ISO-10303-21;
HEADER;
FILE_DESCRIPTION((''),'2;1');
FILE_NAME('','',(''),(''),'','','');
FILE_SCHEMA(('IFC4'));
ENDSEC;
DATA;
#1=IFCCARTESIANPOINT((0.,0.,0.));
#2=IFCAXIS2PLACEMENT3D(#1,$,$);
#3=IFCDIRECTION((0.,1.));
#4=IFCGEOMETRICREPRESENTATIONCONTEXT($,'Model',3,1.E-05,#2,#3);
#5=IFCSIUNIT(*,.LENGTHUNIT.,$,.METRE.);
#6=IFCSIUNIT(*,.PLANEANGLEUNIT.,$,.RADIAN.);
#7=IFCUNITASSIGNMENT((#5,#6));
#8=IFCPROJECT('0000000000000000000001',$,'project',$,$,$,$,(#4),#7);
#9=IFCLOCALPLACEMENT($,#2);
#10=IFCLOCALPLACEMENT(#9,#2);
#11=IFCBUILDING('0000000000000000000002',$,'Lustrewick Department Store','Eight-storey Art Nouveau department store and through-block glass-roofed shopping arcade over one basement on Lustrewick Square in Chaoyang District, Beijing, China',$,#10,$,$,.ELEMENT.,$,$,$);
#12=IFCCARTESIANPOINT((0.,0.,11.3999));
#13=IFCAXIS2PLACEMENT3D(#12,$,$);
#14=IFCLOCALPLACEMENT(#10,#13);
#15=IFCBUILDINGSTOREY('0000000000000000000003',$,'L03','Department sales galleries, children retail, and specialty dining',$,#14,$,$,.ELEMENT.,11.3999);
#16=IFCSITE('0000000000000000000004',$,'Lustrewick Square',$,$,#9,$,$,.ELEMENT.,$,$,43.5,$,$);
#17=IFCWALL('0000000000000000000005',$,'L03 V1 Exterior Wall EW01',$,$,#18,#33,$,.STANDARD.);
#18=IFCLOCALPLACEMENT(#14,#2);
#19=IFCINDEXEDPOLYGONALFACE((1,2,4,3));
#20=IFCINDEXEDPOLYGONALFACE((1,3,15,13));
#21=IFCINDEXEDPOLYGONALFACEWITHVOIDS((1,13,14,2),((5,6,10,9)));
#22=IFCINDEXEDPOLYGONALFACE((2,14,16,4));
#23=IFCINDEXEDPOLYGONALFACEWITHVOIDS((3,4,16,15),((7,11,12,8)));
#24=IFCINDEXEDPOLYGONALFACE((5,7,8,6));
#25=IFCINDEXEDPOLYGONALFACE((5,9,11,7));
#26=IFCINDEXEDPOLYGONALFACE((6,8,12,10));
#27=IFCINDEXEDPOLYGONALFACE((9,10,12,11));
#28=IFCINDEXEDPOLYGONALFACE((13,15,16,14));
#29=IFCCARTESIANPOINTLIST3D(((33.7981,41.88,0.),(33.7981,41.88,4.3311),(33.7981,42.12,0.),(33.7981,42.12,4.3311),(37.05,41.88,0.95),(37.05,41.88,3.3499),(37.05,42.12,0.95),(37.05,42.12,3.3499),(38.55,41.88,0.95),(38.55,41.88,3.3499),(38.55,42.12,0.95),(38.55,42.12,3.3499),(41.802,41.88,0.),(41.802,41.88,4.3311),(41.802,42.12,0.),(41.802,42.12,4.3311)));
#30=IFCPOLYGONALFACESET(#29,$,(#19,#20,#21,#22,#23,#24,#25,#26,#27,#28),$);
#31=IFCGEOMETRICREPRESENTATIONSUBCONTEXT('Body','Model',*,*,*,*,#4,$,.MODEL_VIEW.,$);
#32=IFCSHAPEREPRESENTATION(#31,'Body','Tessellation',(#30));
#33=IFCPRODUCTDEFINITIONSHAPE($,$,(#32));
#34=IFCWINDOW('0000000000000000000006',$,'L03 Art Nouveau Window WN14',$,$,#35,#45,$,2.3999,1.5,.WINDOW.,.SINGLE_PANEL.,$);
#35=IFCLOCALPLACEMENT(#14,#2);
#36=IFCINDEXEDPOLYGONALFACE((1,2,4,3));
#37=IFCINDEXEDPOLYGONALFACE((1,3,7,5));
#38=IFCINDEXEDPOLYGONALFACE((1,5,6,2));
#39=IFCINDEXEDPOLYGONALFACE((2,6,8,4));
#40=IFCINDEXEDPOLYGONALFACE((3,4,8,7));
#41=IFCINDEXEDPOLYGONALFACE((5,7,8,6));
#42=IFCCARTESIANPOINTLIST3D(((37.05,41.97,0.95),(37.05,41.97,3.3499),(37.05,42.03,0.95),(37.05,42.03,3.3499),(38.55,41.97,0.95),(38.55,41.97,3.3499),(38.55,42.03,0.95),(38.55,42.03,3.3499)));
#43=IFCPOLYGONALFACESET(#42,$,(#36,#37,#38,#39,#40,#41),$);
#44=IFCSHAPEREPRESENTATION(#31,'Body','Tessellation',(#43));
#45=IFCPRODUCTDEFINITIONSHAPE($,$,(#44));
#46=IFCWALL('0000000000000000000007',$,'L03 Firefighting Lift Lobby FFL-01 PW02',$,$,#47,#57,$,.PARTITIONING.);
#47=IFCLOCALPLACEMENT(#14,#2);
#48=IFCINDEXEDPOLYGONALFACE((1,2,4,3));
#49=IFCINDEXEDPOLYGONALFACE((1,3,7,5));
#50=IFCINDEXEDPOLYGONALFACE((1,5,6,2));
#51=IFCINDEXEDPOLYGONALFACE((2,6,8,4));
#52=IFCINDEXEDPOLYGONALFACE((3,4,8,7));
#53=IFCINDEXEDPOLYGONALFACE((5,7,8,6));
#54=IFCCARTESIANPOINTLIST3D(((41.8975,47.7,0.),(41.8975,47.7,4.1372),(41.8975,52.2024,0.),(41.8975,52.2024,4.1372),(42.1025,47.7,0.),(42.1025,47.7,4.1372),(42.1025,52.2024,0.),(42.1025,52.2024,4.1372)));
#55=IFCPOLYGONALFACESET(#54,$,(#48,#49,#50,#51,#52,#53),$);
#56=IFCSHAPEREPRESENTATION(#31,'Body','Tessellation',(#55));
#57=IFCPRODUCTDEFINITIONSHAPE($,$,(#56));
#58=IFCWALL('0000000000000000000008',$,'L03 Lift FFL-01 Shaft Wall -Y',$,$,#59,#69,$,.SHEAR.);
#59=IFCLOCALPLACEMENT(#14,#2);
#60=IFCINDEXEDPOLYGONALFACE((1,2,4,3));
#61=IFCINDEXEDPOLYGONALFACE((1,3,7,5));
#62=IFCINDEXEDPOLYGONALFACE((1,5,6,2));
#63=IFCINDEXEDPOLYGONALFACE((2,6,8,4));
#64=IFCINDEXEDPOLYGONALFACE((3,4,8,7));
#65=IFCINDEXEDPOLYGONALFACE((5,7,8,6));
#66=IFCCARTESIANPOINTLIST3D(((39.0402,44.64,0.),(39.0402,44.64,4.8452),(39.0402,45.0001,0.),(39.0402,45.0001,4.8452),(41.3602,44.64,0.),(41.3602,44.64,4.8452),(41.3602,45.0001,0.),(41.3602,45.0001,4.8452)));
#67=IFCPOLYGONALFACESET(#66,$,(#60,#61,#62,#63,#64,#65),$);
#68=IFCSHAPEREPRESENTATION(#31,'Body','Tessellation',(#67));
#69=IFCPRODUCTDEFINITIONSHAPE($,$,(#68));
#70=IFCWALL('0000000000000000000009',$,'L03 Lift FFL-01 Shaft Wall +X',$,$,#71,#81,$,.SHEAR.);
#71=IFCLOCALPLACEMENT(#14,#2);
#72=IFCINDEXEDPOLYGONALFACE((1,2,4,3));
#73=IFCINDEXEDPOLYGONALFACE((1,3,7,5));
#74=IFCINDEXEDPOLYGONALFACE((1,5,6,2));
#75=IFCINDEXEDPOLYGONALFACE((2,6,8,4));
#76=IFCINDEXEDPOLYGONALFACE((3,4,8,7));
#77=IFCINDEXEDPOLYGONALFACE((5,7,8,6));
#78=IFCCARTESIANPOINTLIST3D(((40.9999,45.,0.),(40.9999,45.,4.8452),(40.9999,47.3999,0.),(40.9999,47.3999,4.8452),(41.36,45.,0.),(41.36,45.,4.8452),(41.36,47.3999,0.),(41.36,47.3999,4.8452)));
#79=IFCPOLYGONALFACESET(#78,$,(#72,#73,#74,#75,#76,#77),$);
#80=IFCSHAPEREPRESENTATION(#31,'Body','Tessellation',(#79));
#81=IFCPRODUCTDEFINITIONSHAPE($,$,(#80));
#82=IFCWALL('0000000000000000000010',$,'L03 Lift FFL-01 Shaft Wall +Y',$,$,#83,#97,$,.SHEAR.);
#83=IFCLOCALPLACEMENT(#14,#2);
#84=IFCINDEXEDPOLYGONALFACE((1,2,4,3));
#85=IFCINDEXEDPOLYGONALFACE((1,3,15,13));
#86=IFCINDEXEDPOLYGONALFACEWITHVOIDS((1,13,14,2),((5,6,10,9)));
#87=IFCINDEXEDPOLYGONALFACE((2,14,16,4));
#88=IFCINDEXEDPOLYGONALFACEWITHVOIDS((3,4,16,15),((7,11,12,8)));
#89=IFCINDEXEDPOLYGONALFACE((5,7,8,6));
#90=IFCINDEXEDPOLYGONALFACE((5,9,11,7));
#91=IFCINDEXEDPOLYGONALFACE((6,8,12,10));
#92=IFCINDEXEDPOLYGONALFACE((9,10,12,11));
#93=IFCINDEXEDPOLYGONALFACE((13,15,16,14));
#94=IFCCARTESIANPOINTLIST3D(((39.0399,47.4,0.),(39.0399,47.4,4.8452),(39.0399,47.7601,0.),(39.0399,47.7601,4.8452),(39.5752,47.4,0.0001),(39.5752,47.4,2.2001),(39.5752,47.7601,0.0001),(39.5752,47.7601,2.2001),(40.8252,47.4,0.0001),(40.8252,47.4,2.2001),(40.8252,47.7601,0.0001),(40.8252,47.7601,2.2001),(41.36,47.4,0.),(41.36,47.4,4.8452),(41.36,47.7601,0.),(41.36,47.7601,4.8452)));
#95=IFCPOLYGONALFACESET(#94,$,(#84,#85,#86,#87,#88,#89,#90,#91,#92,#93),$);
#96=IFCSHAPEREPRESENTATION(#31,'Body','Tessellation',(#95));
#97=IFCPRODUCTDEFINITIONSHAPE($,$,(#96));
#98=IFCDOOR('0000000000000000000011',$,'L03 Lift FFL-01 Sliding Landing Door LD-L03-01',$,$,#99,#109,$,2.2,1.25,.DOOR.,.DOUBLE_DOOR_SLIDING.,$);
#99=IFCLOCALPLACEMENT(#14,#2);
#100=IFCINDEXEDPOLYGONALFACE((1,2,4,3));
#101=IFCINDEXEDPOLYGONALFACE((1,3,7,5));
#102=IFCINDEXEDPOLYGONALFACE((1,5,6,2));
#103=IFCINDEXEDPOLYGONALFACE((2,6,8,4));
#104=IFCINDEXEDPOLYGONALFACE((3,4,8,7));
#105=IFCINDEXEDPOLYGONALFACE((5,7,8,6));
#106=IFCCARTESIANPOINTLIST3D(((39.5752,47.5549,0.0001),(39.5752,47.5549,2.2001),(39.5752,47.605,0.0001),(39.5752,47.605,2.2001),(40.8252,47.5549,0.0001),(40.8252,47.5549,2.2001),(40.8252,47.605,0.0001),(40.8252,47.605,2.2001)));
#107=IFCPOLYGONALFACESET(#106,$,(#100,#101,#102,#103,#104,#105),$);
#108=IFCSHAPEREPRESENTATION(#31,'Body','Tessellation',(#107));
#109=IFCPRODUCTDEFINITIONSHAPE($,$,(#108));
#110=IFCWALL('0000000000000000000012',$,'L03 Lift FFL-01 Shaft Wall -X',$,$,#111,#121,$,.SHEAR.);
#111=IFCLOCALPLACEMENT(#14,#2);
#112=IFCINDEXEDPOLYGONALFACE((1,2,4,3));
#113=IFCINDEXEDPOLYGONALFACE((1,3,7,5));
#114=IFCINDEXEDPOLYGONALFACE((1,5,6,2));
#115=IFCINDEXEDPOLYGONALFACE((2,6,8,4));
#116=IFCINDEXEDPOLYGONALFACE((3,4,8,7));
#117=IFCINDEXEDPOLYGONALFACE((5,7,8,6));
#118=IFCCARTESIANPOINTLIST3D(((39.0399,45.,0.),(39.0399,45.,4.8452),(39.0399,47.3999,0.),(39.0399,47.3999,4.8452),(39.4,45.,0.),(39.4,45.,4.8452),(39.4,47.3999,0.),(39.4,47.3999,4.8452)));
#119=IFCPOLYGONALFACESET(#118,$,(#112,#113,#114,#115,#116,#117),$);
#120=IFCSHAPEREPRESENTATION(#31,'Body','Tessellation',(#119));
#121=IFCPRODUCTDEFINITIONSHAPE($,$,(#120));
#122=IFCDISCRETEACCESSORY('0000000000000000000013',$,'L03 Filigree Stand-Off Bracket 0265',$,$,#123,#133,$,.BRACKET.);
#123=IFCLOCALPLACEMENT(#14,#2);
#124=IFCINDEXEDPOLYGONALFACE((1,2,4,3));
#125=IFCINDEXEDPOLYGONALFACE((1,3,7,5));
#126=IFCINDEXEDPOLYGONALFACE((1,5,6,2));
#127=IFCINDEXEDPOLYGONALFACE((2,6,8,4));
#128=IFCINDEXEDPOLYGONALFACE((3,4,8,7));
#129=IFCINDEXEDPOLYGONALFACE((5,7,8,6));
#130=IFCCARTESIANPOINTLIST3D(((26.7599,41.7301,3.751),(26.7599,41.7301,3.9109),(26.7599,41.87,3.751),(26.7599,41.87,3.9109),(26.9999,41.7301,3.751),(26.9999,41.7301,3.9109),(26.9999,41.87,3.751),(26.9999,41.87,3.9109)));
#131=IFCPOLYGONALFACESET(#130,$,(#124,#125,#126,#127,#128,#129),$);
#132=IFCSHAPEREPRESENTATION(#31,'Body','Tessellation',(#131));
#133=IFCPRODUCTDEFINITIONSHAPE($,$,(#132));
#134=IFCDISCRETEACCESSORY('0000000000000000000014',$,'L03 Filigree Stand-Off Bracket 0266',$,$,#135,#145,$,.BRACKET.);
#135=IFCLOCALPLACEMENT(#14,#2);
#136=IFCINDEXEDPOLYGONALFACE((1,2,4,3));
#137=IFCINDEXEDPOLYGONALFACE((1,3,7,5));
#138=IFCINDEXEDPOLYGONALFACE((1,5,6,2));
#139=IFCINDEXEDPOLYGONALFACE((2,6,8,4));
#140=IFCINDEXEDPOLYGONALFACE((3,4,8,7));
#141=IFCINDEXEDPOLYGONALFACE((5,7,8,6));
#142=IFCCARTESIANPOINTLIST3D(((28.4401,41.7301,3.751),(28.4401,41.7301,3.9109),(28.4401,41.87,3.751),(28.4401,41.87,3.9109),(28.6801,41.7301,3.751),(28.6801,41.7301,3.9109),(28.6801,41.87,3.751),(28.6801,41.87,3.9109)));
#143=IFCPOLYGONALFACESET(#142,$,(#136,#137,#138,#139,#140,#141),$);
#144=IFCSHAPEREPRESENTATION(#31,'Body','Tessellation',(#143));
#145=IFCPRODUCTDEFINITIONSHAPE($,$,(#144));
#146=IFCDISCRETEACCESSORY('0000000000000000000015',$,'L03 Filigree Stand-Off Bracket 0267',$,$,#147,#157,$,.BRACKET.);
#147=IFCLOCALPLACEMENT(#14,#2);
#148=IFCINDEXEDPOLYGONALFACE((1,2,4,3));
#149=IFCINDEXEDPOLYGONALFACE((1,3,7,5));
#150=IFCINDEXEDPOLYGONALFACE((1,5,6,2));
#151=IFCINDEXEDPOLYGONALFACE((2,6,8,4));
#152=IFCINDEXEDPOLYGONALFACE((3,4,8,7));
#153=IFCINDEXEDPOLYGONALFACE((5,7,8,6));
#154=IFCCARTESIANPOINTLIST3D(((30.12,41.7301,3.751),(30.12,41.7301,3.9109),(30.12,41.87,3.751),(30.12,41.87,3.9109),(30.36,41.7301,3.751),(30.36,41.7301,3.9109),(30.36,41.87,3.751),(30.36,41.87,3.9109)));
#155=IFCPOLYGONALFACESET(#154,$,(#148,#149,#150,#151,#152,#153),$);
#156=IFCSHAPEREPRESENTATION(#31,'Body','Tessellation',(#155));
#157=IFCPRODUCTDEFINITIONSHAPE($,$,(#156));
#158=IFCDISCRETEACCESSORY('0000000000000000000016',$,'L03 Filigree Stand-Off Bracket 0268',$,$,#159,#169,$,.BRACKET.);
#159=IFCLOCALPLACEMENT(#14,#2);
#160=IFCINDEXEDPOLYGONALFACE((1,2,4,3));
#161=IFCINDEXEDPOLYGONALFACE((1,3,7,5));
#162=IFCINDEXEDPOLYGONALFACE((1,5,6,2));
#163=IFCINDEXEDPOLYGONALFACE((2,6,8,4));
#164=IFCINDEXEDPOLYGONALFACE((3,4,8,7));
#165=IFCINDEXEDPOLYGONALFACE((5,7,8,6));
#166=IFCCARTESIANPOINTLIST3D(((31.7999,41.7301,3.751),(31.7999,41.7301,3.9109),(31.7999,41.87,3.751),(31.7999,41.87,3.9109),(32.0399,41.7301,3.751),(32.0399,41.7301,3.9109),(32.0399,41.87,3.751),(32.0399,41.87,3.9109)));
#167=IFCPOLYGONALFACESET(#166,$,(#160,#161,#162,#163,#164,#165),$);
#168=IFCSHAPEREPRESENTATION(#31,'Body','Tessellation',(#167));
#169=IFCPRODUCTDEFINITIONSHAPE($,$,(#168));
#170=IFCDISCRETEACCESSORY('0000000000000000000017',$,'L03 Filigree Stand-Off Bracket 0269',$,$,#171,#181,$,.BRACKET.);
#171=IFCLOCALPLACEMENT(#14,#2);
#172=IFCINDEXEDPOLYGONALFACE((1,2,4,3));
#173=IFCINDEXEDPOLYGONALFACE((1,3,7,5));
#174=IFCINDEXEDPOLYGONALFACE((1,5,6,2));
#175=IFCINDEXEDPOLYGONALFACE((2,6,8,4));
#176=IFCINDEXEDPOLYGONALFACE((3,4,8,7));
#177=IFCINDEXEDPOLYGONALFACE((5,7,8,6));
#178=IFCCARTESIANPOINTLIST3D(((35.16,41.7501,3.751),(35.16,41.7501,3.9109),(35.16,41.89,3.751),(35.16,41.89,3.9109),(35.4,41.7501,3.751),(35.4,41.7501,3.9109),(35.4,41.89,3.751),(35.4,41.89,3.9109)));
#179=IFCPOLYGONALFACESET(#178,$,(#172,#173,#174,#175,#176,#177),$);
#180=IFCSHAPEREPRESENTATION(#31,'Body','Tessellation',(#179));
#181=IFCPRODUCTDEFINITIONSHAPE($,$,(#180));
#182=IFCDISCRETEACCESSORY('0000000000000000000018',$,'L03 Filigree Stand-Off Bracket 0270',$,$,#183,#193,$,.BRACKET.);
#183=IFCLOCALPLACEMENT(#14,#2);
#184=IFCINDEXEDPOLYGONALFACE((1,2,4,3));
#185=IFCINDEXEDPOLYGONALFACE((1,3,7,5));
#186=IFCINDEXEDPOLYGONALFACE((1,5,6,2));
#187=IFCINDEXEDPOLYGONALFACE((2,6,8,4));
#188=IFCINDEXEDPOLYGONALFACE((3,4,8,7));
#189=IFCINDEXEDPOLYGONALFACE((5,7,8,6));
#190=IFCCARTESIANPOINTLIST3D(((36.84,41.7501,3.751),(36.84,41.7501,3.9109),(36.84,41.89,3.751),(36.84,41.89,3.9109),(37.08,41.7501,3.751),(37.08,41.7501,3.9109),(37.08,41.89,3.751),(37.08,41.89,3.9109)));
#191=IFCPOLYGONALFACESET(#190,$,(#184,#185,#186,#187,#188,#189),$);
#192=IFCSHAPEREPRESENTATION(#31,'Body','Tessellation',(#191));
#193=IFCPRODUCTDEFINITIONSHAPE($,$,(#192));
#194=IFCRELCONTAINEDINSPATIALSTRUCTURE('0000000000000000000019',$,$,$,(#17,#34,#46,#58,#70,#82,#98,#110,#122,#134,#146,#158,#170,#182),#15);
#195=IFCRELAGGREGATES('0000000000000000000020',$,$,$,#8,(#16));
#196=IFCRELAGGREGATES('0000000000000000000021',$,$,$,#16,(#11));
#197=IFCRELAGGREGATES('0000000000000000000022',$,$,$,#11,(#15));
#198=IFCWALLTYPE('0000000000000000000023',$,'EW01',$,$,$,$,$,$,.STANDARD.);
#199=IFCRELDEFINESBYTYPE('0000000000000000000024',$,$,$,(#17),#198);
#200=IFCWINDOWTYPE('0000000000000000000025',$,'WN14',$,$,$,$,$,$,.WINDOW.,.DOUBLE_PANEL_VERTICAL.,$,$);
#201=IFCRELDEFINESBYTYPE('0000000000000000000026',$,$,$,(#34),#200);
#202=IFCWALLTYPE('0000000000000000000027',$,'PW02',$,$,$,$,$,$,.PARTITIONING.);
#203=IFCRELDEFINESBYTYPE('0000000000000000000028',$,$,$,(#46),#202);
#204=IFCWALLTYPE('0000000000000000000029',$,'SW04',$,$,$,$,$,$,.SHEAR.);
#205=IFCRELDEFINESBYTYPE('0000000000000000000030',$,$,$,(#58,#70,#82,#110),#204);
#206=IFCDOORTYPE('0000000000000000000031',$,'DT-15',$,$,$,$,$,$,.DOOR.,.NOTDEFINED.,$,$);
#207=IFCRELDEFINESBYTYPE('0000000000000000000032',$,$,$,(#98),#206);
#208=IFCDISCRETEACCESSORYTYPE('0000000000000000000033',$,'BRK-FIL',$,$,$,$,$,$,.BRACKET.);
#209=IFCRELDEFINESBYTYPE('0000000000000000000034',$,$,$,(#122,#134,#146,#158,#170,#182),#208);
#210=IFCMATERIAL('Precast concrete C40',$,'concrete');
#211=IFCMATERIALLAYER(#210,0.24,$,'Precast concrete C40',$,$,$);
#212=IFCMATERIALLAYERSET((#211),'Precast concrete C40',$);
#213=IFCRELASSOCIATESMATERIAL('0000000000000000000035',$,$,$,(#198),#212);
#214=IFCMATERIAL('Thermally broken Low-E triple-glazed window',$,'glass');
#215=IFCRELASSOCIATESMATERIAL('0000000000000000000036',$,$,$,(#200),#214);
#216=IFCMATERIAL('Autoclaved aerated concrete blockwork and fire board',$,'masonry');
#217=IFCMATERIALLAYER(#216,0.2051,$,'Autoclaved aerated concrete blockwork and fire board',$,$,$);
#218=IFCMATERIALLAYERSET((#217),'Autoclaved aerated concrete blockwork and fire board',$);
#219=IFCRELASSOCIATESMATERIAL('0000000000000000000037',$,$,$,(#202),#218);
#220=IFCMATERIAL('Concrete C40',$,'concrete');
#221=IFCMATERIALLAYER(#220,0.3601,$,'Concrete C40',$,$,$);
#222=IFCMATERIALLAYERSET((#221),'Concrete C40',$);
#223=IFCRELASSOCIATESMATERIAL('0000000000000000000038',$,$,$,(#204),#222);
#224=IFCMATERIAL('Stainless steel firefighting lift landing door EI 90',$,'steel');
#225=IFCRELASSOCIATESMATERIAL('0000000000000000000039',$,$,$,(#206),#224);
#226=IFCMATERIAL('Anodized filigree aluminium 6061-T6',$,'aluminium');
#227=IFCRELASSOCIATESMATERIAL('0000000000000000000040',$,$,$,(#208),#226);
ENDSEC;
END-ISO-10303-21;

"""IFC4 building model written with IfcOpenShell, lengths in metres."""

from ifc_helpers import new_model, si_unit, direction, frame, frame_2d, origin, origin_2d, place, context, subcontext, project, spatial, rectangle, extrude, material, layer, layer_set, type_object, element, fill, save


model = new_model("IFC4")

# Units and contexts
model_context = context("Model", 3, precision=1e-05, world=origin(), true_north=direction((0.0, 1.0)))
body_context = subcontext(model_context, "Body", "Model", "MODEL_VIEW")
ifc_project = project(units=[si_unit("LENGTHUNIT", "METRE"), si_unit("PLANEANGLEUNIT", "RADIAN")], contexts=[model_context])

# Site, building, storey
site_placement = place(None, origin())
site = spatial("IfcSite", under=ifc_project, at=site_placement, Name="Lustrewick Square", CompositionType="ELEMENT", RefElevation=43.5)
building_placement = place(site_placement, origin())
building = spatial("IfcBuilding", under=site, at=building_placement, Name="Lustrewick Department Store", Description="Eight-storey Art Nouveau department store and through-block glass-roofed shopping arcade over one basement on Lustrewick Square in Chaoyang District, Beijing, China", CompositionType="ELEMENT")
storey_placement = place(building_placement, frame((0.0, 0.0, 11.3999)))
storey = spatial("IfcBuildingStorey", under=building, at=storey_placement, Name="L03", Description="Department sales galleries, children retail, and specialty dining", CompositionType="ELEMENT", Elevation=11.3999)

# Wall, opening, window
ifc_material_1 = material(Name="Precast concrete C40", Category="concrete")
ifc_layer_1 = layer(ifc_material_1, 0.24, Name="Precast concrete C40")
ifc_layer_set_1 = layer_set([ifc_layer_1], Name="Precast concrete C40")
wall_type_1 = type_object("IfcWallType", Name="EW01", PredefinedType="STANDARD", material=ifc_layer_set_1)
wall_1_placement = place(storey_placement, frame((33.7981, 42.0, 0.0), z_axis=(0.0, 0.0, 1.0), x_axis=(1.0, 0.0, 0.0)))
wall_1 = element("IfcWall", 1, at=wall_1_placement, inside=storey, type_object=wall_type_1, Name="L03 V1 Exterior Wall EW01", PredefinedType="STANDARD", context=body_context, shape_type="SweptSolid", body=[
    extrude(rectangle(XDim=8.0039, YDim=0.24, at=frame_2d((4.002, 0.0))), origin(), (0.0, 0.0, 1.0), 4.3311),
])
opening_1_placement = place(wall_1_placement, frame((3.252, 0.0, 0.95)))
opening_1 = element("IfcOpeningElement", 2, at=opening_1_placement, cuts=wall_1, PredefinedType="OPENING", context=body_context, shape_type="SweptSolid", body=[
    extrude(rectangle(XDim=1.5, YDim=2.3999, at=frame_2d((0.75, 1.2))), frame((0.0, 0.1299, 0.0), z_axis=(0.0, -1.0, 0.0), x_axis=(1.0, 0.0, 0.0)), (0.0, 0.0, 1.0), 0.26),
])
ifc_material_2 = material(Name="Thermally broken Low-E triple-glazed window", Category="glass")
window_type = type_object("IfcWindowType", Name="WN14", PartitioningType="DOUBLE_PANEL_VERTICAL", PredefinedType="WINDOW", material=ifc_material_2)
window_placement = place(opening_1_placement, origin())
window = element("IfcWindow", 3, at=window_placement, inside=storey, type_object=window_type, Name="L03 Art Nouveau Window WN14", OverallHeight=2.3999, OverallWidth=1.5, PartitioningType="SINGLE_PANEL", PredefinedType="WINDOW", context=body_context, shape_type="SweptSolid", body=[
    extrude(rectangle(XDim=1.5, YDim=2.3999, at=frame_2d((0.75, 1.2))), frame((0.0, 0.03, 0.0), z_axis=(0.0, -1.0, 0.0), x_axis=(1.0, 0.0, 0.0)), (0.0, 0.0, 1.0), 0.0601),
])
fill(opening_1, window)

# Walls
ifc_material_3 = material(Name="Autoclaved aerated concrete blockwork and fire board", Category="masonry")
ifc_layer_2 = layer(ifc_material_3, 0.2051, Name="Autoclaved aerated concrete blockwork and fire board")
ifc_layer_set_2 = layer_set([ifc_layer_2], Name="Autoclaved aerated concrete blockwork and fire board")
wall_type_2 = type_object("IfcWallType", Name="PW02", PredefinedType="PARTITIONING", material=ifc_layer_set_2)
wall_2_placement = place(storey_placement, frame((42.0, 47.7, 0.0), z_axis=(0.0, 0.0, 1.0), x_axis=(0.0, 1.0, 0.0)))
element("IfcWall", 4, at=wall_2_placement, inside=storey, type_object=wall_type_2, Name="L03 Firefighting Lift Lobby FFL-01 PW02", PredefinedType="PARTITIONING", context=body_context, shape_type="SweptSolid", body=[
    extrude(rectangle(XDim=4.5024, YDim=0.2051, at=frame_2d((2.2512, 0.0))), origin(), (0.0, 0.0, 1.0), 4.1372),
])
ifc_material_4 = material(Name="Concrete C40", Category="concrete")
ifc_layer_3 = layer(ifc_material_4, 0.3601, Name="Concrete C40")
ifc_layer_set_3 = layer_set([ifc_layer_3], Name="Concrete C40")
wall_type_3 = type_object("IfcWallType", Name="SW04", PredefinedType="SHEAR", material=ifc_layer_set_3)
wall_3_placement = place(storey_placement, frame((39.04, 44.8201, 0.0), z_axis=(0.0, 0.0, 1.0), x_axis=(1.0, 0.0, 0.0)))
element("IfcWall", 5, at=wall_3_placement, inside=storey, type_object=wall_type_3, Name="L03 Lift FFL-01 Shaft Wall -Y", PredefinedType="SHEAR", context=body_context, shape_type="SweptSolid", body=[
    extrude(rectangle(XDim=2.3201, YDim=0.3601, at=frame_2d((1.1602, 0.0))), origin(), (0.0, 0.0, 1.0), 4.8452),
])
wall_4_placement = place(storey_placement, frame((41.1799, 45.0, 0.0), z_axis=(0.0, 0.0, 1.0), x_axis=(0.0, 1.0, 0.0)))
element("IfcWall", 6, at=wall_4_placement, inside=storey, type_object=wall_type_3, Name="L03 Lift FFL-01 Shaft Wall +X", PredefinedType="SHEAR", context=body_context, shape_type="SweptSolid", body=[
    extrude(rectangle(XDim=2.3999, YDim=0.3601, at=frame_2d((1.2, 0.0))), origin(), (0.0, 0.0, 1.0), 4.8452),
])

# Wall, opening, door
wall_5_placement = place(storey_placement, frame((41.3601, 47.5801, 0.0), z_axis=(0.0, 0.0, 1.0), x_axis=(-1.0, 0.0, 0.0)))
wall_5 = element("IfcWall", 7, at=wall_5_placement, inside=storey, type_object=wall_type_3, Name="L03 Lift FFL-01 Shaft Wall +Y", PredefinedType="SHEAR", context=body_context, shape_type="SweptSolid", body=[
    extrude(rectangle(XDim=2.3201, YDim=0.3601, at=frame_2d((1.1602, 0.0))), origin(), (0.0, 0.0, 1.0), 4.8452),
])
opening_2_placement = place(wall_5_placement, frame((0.5349, 0.0, 0.0)))
opening_2 = element("IfcOpeningElement", 8, at=opening_2_placement, cuts=wall_5, PredefinedType="OPENING", context=body_context, shape_type="SweptSolid", body=[
    extrude(rectangle(XDim=1.25, YDim=2.2, at=frame_2d((0.625, 1.1001))), frame((0.0, 0.1899, 0.0), z_axis=(0.0, -1.0, 0.0), x_axis=(1.0, 0.0, 0.0)), (0.0, 0.0, 1.0), 0.3801),
])
ifc_material_5 = material(Name="Stainless steel firefighting lift landing door EI 90", Category="steel")
door_type = type_object("IfcDoorType", Name="DT-15", OperationType="NOTDEFINED", PredefinedType="DOOR", material=ifc_material_5)
door_placement = place(opening_2_placement, frame((1.25, 0.0, 0.0), z_axis=(0.0, 0.0, 1.0), x_axis=(-1.0, 0.0, 0.0)))
door = element("IfcDoor", 9, at=door_placement, inside=storey, type_object=door_type, Name="L03 Lift FFL-01 Sliding Landing Door LD-L03-01", OperationType="DOUBLE_DOOR_SLIDING", OverallHeight=2.2, OverallWidth=1.25, PredefinedType="DOOR", context=body_context, shape_type="SweptSolid", body=[
    extrude(rectangle(XDim=1.25, YDim=2.2, at=frame_2d((0.625, 1.1001))), frame((0.0, 0.0249, 0.0), z_axis=(0.0, -1.0, 0.0), x_axis=(1.0, 0.0, 0.0)), (0.0, 0.0, 1.0), 0.05),
])
fill(opening_2, door)

# Wall
wall_6_placement = place(storey_placement, frame((39.22, 47.3999, 0.0), z_axis=(0.0, 0.0, 1.0), x_axis=(0.0, -1.0, 0.0)))
element("IfcWall", 10, at=wall_6_placement, inside=storey, type_object=wall_type_3, Name="L03 Lift FFL-01 Shaft Wall -X", PredefinedType="SHEAR", context=body_context, shape_type="SweptSolid", body=[
    extrude(rectangle(XDim=2.3999, YDim=0.3601, at=frame_2d((1.2, 0.0))), origin(), (0.0, 0.0, 1.0), 4.8452),
])

# Discrete accessories
ifc_material_6 = material(Name="Anodized filigree aluminium 6061-T6", Category="aluminium")
discrete_accessory_type = type_object("IfcDiscreteAccessoryType", Name="BRK-FIL", PredefinedType="BRACKET", material=ifc_material_6)
for number, where, z_axis, x_axis, name in (
    (11, (26.8799, 41.8, 3.751), (0.0, 0.0, 1.0), (1.0, 0.0, 0.0), "L03 Filigree Stand-Off Bracket 0265"),
    (12, (28.5601, 41.8, 3.751), (0.0, 0.0, 1.0), (1.0, 0.0, 0.0), "L03 Filigree Stand-Off Bracket 0266"),
    (13, (30.24, 41.8, 3.751), (0.0, 0.0, 1.0), (1.0, 0.0, 0.0), "L03 Filigree Stand-Off Bracket 0267"),
    (14, (31.9199, 41.8, 3.751), (0.0, 0.0, 1.0), (1.0, 0.0, 0.0), "L03 Filigree Stand-Off Bracket 0268"),
    (15, (35.28, 41.8201, 3.751), (0.0, 0.0, 1.0), (1.0, 0.0, 0.0), "L03 Filigree Stand-Off Bracket 0269"),
    (16, (36.96, 41.8201, 3.751), (0.0, 0.0, 1.0), (1.0, 0.0, 0.0), "L03 Filigree Stand-Off Bracket 0270"),
):
    element("IfcDiscreteAccessory", number, at=place(storey_placement, frame(where, z_axis=z_axis, x_axis=x_axis)), inside=storey, type_object=discrete_accessory_type, Name=name, PredefinedType="BRACKET", context=body_context, shape_type="SweptSolid", body=[
        extrude(rectangle(XDim=0.24, YDim=0.1399, at=origin_2d()), origin(), (0.0, 0.0, 1.0), 0.1599),
    ])

save(model, "model.ifc")
